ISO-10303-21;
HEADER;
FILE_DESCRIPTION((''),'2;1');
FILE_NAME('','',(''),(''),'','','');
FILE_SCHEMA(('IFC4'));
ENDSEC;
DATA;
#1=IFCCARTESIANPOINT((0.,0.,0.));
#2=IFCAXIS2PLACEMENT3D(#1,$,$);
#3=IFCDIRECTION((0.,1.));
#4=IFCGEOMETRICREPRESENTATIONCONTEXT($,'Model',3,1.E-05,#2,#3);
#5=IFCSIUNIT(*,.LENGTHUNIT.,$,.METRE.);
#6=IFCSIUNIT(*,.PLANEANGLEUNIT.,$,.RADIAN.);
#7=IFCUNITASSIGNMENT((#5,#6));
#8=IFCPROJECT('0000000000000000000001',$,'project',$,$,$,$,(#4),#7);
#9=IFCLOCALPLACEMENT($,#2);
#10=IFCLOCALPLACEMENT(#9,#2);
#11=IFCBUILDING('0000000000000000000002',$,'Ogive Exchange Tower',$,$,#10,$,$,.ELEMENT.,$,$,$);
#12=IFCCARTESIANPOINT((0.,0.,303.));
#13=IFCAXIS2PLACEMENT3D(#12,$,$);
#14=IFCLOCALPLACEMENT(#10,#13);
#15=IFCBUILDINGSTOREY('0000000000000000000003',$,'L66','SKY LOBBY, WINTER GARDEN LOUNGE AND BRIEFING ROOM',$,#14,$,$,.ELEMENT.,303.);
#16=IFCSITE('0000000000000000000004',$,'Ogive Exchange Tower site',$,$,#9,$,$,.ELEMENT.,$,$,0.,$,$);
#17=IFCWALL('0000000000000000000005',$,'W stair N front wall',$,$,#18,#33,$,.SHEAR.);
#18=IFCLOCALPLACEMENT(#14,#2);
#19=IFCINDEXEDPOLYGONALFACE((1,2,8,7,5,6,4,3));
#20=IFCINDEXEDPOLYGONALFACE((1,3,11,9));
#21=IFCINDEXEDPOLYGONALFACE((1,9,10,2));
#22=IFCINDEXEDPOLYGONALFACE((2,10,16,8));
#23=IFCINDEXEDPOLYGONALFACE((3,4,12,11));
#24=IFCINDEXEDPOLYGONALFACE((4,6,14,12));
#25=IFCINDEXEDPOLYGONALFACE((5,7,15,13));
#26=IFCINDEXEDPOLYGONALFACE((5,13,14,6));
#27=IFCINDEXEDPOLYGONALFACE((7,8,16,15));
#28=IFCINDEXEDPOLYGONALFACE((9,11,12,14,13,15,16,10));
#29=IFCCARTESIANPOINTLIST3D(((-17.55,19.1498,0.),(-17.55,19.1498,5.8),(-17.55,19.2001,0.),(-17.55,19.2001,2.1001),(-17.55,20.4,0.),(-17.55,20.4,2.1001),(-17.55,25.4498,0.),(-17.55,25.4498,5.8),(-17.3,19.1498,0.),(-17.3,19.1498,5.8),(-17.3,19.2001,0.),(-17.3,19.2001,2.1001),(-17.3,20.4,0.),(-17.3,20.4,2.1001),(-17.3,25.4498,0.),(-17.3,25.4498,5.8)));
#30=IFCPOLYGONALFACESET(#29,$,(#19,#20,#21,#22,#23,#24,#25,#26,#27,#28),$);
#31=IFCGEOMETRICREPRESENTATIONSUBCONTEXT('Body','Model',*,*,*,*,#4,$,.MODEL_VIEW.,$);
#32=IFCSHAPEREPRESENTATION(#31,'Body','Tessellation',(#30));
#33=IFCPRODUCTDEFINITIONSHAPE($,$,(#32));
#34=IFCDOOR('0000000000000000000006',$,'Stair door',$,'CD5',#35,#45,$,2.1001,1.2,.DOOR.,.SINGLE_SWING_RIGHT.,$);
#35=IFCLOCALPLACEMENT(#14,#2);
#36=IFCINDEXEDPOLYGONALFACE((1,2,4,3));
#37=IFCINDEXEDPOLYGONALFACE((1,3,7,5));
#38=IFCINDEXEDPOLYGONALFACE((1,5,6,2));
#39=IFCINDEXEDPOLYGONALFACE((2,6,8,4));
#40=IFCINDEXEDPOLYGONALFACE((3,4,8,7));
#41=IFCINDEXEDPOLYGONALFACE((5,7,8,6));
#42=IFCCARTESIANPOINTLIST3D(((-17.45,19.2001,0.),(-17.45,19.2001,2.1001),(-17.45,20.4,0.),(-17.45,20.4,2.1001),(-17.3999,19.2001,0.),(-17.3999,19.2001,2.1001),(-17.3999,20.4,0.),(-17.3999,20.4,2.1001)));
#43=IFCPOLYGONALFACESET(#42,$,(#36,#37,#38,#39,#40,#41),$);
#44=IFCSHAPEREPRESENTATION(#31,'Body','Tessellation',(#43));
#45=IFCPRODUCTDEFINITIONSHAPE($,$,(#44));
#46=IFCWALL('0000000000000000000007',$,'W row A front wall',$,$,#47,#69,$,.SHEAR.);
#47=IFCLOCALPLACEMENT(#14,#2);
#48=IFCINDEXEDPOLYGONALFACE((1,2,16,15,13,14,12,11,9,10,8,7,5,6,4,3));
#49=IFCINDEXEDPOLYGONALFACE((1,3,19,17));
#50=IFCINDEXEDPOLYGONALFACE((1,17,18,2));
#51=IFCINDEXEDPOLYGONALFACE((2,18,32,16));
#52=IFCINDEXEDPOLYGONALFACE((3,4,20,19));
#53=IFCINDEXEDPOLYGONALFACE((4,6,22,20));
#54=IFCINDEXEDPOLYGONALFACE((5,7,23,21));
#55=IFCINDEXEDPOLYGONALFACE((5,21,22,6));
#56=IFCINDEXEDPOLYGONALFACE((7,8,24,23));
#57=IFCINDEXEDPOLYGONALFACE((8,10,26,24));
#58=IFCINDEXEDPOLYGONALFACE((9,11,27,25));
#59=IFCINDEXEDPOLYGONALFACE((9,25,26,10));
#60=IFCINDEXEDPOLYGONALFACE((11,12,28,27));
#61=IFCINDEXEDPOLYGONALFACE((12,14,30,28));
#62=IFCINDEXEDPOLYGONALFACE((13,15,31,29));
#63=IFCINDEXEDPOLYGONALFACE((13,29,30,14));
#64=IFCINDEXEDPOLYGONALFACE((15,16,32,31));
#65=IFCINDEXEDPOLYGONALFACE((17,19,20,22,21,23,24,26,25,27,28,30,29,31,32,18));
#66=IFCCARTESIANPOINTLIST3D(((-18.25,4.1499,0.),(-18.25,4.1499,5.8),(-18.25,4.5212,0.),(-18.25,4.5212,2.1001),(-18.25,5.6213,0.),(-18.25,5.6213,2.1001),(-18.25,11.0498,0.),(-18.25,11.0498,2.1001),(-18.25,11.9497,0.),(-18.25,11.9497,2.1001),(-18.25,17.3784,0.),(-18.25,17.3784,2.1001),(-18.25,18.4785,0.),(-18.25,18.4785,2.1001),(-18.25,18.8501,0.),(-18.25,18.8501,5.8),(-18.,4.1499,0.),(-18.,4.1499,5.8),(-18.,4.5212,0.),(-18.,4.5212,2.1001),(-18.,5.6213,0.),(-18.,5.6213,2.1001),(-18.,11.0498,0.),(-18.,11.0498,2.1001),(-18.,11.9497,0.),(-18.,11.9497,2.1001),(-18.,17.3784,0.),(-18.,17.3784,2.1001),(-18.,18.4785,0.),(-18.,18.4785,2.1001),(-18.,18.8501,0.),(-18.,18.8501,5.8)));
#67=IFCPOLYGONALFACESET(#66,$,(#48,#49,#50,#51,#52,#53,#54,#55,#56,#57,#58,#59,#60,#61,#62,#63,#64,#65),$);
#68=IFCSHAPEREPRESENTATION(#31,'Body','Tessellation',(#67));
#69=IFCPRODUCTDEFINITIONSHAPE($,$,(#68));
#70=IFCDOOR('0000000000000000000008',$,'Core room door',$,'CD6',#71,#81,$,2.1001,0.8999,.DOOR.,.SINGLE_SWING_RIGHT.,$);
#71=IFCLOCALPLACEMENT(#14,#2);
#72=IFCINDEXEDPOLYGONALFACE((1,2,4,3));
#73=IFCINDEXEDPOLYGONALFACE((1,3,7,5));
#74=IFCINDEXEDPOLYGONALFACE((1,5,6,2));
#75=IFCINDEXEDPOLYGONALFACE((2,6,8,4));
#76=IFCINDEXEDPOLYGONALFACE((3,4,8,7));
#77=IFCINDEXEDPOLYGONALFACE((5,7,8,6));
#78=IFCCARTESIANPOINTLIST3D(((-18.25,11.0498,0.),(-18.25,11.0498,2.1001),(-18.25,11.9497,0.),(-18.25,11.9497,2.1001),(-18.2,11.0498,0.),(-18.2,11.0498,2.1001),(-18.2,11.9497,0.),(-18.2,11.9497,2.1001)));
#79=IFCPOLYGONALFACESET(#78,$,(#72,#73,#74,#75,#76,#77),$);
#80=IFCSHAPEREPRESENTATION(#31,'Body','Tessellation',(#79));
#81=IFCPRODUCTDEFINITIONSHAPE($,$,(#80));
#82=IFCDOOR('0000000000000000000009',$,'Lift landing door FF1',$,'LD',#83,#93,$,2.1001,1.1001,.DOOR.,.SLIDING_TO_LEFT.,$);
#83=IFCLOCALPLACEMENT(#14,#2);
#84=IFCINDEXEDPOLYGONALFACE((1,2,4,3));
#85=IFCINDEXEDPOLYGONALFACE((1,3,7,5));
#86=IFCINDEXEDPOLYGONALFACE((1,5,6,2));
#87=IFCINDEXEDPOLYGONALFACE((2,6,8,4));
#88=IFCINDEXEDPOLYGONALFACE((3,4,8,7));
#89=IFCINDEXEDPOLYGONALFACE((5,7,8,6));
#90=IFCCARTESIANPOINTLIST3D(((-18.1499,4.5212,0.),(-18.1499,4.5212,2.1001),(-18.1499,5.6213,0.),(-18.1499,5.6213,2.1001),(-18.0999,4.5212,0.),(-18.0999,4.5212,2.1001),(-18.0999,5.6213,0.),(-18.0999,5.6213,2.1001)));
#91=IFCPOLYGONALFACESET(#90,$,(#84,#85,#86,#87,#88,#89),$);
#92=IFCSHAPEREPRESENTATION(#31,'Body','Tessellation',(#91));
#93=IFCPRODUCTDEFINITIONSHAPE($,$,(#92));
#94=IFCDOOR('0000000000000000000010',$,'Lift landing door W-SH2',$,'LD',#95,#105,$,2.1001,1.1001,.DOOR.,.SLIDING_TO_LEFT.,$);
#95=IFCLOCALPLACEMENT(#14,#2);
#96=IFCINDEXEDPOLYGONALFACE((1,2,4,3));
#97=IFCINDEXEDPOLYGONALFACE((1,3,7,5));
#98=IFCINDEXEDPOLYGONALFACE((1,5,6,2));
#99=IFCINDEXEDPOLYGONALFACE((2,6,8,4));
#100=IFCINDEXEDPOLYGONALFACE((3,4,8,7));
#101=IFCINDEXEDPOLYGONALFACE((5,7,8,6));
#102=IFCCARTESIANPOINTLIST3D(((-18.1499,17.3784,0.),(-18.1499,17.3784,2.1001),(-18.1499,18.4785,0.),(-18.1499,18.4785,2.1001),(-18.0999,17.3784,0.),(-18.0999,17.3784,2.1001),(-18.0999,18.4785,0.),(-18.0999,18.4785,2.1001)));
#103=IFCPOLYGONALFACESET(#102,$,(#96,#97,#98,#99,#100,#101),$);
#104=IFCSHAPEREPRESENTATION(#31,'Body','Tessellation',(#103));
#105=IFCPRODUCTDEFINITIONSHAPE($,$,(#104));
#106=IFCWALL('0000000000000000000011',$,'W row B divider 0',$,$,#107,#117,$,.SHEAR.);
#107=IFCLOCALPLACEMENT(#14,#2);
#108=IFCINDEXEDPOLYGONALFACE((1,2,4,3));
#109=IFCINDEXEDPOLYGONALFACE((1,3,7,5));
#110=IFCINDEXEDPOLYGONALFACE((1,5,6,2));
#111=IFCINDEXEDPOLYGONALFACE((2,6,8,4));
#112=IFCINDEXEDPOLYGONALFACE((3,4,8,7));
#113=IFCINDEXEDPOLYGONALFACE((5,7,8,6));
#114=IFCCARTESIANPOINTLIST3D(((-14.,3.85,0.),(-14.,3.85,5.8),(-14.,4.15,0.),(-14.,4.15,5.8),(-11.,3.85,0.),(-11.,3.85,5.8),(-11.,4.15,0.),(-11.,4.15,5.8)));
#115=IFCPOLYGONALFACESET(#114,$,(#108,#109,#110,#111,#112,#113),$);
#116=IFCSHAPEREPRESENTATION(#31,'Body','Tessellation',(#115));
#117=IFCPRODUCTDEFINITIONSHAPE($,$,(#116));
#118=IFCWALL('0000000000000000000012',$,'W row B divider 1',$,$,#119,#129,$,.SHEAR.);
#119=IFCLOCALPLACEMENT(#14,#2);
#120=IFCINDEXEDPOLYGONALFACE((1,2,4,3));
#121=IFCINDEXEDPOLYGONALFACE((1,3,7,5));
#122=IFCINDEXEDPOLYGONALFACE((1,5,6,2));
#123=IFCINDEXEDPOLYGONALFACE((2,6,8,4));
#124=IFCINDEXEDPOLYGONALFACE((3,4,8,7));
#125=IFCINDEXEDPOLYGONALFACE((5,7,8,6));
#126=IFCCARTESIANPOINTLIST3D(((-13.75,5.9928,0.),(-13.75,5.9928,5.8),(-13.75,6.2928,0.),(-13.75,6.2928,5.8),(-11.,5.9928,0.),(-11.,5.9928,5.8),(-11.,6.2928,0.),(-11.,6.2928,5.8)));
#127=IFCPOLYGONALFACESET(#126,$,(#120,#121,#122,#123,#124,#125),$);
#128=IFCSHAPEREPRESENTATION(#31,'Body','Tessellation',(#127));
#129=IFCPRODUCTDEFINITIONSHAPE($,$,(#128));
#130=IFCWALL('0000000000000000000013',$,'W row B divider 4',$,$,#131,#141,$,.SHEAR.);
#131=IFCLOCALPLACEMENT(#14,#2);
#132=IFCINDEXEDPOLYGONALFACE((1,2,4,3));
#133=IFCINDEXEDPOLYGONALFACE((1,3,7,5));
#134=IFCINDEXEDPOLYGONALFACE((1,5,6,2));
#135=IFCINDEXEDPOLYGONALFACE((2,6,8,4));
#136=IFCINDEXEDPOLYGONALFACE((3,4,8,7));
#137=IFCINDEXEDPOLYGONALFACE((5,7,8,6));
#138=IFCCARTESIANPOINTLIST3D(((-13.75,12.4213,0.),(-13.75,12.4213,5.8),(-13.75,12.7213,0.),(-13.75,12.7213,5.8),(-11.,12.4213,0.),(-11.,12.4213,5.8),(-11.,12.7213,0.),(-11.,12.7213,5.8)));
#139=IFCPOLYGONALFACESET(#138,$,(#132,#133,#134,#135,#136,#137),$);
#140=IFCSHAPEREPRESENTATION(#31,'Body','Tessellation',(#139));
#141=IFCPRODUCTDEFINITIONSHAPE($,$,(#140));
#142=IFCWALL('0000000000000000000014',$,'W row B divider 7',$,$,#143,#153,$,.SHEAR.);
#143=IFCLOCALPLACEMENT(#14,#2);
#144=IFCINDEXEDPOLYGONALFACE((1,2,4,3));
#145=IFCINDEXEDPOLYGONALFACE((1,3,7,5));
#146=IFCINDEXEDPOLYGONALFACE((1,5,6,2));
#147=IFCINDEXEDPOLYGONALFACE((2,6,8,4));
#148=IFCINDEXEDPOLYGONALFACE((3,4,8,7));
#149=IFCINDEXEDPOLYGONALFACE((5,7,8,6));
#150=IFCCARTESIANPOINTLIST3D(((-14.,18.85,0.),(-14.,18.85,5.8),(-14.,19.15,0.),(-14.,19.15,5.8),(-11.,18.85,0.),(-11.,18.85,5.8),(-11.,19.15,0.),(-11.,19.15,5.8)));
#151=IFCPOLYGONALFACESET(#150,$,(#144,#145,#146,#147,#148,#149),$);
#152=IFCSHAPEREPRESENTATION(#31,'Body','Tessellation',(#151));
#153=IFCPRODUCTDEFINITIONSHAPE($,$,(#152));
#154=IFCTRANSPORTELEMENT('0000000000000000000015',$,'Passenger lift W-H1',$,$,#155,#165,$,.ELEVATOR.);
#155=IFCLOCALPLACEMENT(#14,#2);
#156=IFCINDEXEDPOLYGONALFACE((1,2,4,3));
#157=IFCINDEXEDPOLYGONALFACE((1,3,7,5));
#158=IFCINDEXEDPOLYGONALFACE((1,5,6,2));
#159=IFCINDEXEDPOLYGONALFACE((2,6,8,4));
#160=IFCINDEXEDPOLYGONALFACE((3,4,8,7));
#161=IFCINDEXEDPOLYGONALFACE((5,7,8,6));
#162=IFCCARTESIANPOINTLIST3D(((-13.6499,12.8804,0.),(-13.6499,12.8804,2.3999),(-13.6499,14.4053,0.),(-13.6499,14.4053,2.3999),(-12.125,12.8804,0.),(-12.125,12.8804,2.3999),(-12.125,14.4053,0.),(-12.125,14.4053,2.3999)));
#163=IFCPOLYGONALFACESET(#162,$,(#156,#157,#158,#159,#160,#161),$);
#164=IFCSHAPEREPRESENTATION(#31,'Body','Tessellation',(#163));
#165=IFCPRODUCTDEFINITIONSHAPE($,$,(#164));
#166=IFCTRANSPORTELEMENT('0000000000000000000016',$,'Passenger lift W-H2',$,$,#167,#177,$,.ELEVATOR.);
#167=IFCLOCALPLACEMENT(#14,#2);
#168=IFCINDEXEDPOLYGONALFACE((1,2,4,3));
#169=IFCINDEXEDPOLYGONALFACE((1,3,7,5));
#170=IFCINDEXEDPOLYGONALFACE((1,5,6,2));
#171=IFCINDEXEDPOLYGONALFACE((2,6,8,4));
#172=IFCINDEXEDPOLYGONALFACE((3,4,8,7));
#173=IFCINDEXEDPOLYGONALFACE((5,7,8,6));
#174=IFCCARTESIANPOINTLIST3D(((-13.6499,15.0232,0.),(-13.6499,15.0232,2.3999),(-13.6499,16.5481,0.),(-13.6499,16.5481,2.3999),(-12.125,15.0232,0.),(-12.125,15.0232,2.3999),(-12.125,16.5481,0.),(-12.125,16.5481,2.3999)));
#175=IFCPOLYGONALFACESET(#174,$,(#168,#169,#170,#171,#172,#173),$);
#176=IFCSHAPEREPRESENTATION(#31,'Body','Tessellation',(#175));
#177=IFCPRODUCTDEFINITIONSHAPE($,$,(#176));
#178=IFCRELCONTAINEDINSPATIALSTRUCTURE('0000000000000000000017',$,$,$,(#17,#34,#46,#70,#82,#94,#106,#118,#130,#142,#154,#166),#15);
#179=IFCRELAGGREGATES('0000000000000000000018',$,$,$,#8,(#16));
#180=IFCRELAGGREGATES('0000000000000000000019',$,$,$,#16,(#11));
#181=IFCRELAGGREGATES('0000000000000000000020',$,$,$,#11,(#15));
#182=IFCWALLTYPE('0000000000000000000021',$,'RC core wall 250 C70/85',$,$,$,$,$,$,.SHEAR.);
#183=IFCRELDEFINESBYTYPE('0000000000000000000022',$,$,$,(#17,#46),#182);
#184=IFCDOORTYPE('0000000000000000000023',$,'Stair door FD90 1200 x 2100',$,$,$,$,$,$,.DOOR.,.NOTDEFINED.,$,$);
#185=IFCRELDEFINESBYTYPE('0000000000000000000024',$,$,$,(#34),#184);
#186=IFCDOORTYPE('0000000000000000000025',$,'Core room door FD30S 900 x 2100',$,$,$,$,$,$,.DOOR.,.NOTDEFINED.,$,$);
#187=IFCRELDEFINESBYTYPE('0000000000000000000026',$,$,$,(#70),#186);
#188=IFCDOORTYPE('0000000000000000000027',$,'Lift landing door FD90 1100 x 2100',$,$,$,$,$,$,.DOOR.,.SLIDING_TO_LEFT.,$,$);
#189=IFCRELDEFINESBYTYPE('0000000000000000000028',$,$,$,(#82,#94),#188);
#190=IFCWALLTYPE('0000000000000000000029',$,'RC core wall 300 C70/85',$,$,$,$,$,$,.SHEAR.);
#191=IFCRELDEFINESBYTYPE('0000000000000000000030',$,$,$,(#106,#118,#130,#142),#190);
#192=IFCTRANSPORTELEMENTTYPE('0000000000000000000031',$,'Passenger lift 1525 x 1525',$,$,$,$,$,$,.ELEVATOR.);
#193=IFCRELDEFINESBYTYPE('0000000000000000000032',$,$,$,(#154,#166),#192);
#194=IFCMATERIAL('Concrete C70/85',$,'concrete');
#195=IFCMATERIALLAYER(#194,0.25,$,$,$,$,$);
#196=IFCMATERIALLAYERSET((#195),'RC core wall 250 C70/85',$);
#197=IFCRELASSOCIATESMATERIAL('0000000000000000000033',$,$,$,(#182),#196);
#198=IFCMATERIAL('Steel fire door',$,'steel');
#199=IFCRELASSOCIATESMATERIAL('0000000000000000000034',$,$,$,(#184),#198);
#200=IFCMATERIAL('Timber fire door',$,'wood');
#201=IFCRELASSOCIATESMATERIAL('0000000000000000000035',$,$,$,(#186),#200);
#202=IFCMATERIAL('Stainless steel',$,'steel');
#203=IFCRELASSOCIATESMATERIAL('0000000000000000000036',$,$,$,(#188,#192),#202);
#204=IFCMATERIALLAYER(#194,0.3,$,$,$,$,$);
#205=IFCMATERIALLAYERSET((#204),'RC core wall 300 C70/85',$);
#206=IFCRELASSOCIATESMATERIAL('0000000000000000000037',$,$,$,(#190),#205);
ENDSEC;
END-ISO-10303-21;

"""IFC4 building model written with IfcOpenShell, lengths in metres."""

from ifc_helpers import new_model, si_unit, direction, frame, frame_2d, origin, origin_2d, place, context, subcontext, project, spatial, rectangle, extrude, material, layer, layer_set, type_object, element, fill, save


model = new_model("IFC4")

# Units and contexts
model_context = context("Model", 3, precision=1e-05, world=origin(), true_north=direction((0.0, 1.0)))
body_context = subcontext(model_context, "Body", "Model", "MODEL_VIEW")
ifc_project = project(units=[si_unit("LENGTHUNIT", "METRE"), si_unit("PLANEANGLEUNIT", "RADIAN")], contexts=[model_context])

# Site, building, storey
site_placement = place(None, origin())
site = spatial("IfcSite", under=ifc_project, at=site_placement, Name="Ogive Exchange Tower site", CompositionType="ELEMENT", RefElevation=0.0)
building_placement = place(site_placement, origin())
building = spatial("IfcBuilding", under=site, at=building_placement, Name="Ogive Exchange Tower", CompositionType="ELEMENT")
storey_placement = place(building_placement, frame((0.0, 0.0, 303.0)))
storey = spatial("IfcBuildingStorey", under=building, at=storey_placement, Name="L66", Description="SKY LOBBY, WINTER GARDEN LOUNGE AND BRIEFING ROOM", CompositionType="ELEMENT", Elevation=303.0)

# Wall, opening, door
ifc_material_1 = material(Name="Concrete C70/85", Category="concrete")
ifc_material_2 = material(Name="Steel fire door", Category="steel")
ifc_layer_1 = layer(ifc_material_1, 0.25)
ifc_layer_set_1 = layer_set([ifc_layer_1], Name="RC core wall 250 C70/85")
wall_type_1 = type_object("IfcWallType", Name="RC core wall 250 C70/85", PredefinedType="SHEAR", material=ifc_layer_set_1)
wall_1_placement = place(storey_placement, frame((-17.425, 19.1499, 0.0), z_axis=(0.0, 0.0, 1.0), x_axis=(0.0, 1.0, 0.0)))
wall_1 = element("IfcWall", 1, at=wall_1_placement, inside=storey, type_object=wall_type_1, Name="W stair N front wall", PredefinedType="SHEAR", context=body_context, shape_type="SweptSolid", body=[
    extrude(rectangle(XDim=6.3, YDim=0.25, at=frame_2d((3.1499, 0.0))), origin(), (0.0, 0.0, 1.0), 5.8),
])
opening_1_placement = place(wall_1_placement, frame((0.05, 0.0, 0.0)))
opening_1 = element("IfcOpeningElement", 2, at=opening_1_placement, cuts=wall_1, PredefinedType="OPENING", context=body_context, shape_type="SweptSolid", body=[
    extrude(rectangle(XDim=1.2, YDim=2.1001, at=frame_2d((0.6001, 1.05))), frame((0.0, 0.135, 0.0), z_axis=(0.0, -1.0, 0.0), x_axis=(1.0, 0.0, 0.0)), (0.0, 0.0, 1.0), 0.27),
])
door_type_1 = type_object("IfcDoorType", Name="Stair door FD90 1200 x 2100", OperationType="NOTDEFINED", PredefinedType="DOOR", material=ifc_material_2)
door_1_placement = place(opening_1_placement, origin())
door_1 = element("IfcDoor", 3, at=door_1_placement, inside=storey, type_object=door_type_1, Name="Stair door", ObjectType="CD5", OperationType="SINGLE_SWING_RIGHT", OverallHeight=2.1001, OverallWidth=1.2, PredefinedType="DOOR", context=body_context, shape_type="SweptSolid", body=[
    extrude(rectangle(XDim=1.2, YDim=2.1001, at=frame_2d((0.6001, 1.05))), frame((0.0, 0.0249, 0.0), z_axis=(0.0, -1.0, 0.0), x_axis=(1.0, 0.0, 0.0)), (0.0, 0.0, 1.0), 0.05),
])
fill(opening_1, door_1)

# Wall, openings, doors
wall_2_placement = place(storey_placement, frame((-18.125, 4.1499, 0.0), z_axis=(0.0, 0.0, 1.0), x_axis=(0.0, 1.0, 0.0)))
wall_2 = element("IfcWall", 4, at=wall_2_placement, inside=storey, type_object=wall_type_1, Name="W row A front wall", PredefinedType="SHEAR", context=body_context, shape_type="SweptSolid", body=[
    extrude(rectangle(XDim=14.7002, YDim=0.25, at=frame_2d((7.3501, 0.0))), origin(), (0.0, 0.0, 1.0), 5.8),
])
opening_2_placement = place(wall_2_placement, frame((6.8999, 0.0, 0.0)))
opening_2 = element("IfcOpeningElement", 5, at=opening_2_placement, cuts=wall_2, PredefinedType="OPENING", context=body_context, shape_type="SweptSolid", body=[
    extrude(rectangle(XDim=0.8999, YDim=2.1001, at=frame_2d((0.45, 1.05))), frame((0.0, 0.135, 0.0), z_axis=(0.0, -1.0, 0.0), x_axis=(1.0, 0.0, 0.0)), (0.0, 0.0, 1.0), 0.27),
])
opening_3_placement = place(wall_2_placement, frame((0.3713, 0.0, 0.0)))
opening_3 = element("IfcOpeningElement", 6, at=opening_3_placement, cuts=wall_2, PredefinedType="OPENING", context=body_context, shape_type="SweptSolid", body=[
    extrude(rectangle(XDim=1.1001, YDim=2.1001, at=frame_2d((0.55, 1.05))), frame((0.0, 0.135, 0.0), z_axis=(0.0, -1.0, 0.0), x_axis=(1.0, 0.0, 0.0)), (0.0, 0.0, 1.0), 0.27),
])
opening_4_placement = place(wall_2_placement, frame((13.2285, 0.0, 0.0)))
opening_4 = element("IfcOpeningElement", 7, at=opening_4_placement, cuts=wall_2, PredefinedType="OPENING", context=body_context, shape_type="SweptSolid", body=[
    extrude(rectangle(XDim=1.1001, YDim=2.1001, at=frame_2d((0.55, 1.05))), frame((0.0, 0.135, 0.0), z_axis=(0.0, -1.0, 0.0), x_axis=(1.0, 0.0, 0.0)), (0.0, 0.0, 1.0), 0.27),
])
ifc_material_3 = material(Name="Timber fire door", Category="wood")
door_type_2 = type_object("IfcDoorType", Name="Core room door FD30S 900 x 2100", OperationType="NOTDEFINED", PredefinedType="DOOR", material=ifc_material_3)
door_2_placement = place(opening_2_placement, origin())
door_2 = element("IfcDoor", 8, at=door_2_placement, inside=storey, type_object=door_type_2, Name="Core room door", ObjectType="CD6", OperationType="SINGLE_SWING_RIGHT", OverallHeight=2.1001, OverallWidth=0.8999, PredefinedType="DOOR", context=body_context, shape_type="SweptSolid", body=[
    extrude(rectangle(XDim=0.8999, YDim=2.1001, at=frame_2d((0.45, 1.05))), frame((0.0, 0.125, 0.0), z_axis=(0.0, -1.0, 0.0), x_axis=(1.0, 0.0, 0.0)), (0.0, 0.0, 1.0), 0.05),
])
fill(opening_2, door_2)
ifc_material_4 = material(Name="Stainless steel", Category="steel")
door_type_3 = type_object("IfcDoorType", Name="Lift landing door FD90 1100 x 2100", OperationType="SLIDING_TO_LEFT", PredefinedType="DOOR", material=ifc_material_4)
door_3_placement = place(opening_3_placement, origin())
door_3 = element("IfcDoor", 9, at=door_3_placement, inside=storey, type_object=door_type_3, Name="Lift landing door FF1", ObjectType="LD", OperationType="SLIDING_TO_LEFT", OverallHeight=2.1001, OverallWidth=1.1001, PredefinedType="DOOR", context=body_context, shape_type="SweptSolid", body=[
    extrude(rectangle(XDim=1.1001, YDim=2.1001, at=frame_2d((0.55, 1.05))), frame((0.0, 0.0249, 0.0), z_axis=(0.0, -1.0, 0.0), x_axis=(1.0, 0.0, 0.0)), (0.0, 0.0, 1.0), 0.05),
])
fill(opening_3, door_3)
door_4_placement = place(opening_4_placement, origin())
door_4 = element("IfcDoor", 10, at=door_4_placement, inside=storey, type_object=door_type_3, Name="Lift landing door W-SH2", ObjectType="LD", OperationType="SLIDING_TO_LEFT", OverallHeight=2.1001, OverallWidth=1.1001, PredefinedType="DOOR", context=body_context, shape_type="SweptSolid", body=[
    extrude(rectangle(XDim=1.1001, YDim=2.1001, at=frame_2d((0.55, 1.05))), frame((0.0, 0.0249, 0.0), z_axis=(0.0, -1.0, 0.0), x_axis=(1.0, 0.0, 0.0)), (0.0, 0.0, 1.0), 0.05),
])
fill(opening_4, door_4)

# Walls
ifc_layer_2 = layer(ifc_material_1, 0.3)
ifc_layer_set_2 = layer_set([ifc_layer_2], Name="RC core wall 300 C70/85")
wall_type_2 = type_object("IfcWallType", Name="RC core wall 300 C70/85", PredefinedType="SHEAR", material=ifc_layer_set_2)
wall_3_placement = place(storey_placement, frame((-14.0, 4.0, 0.0), z_axis=(0.0, 0.0, 1.0), x_axis=(1.0, 0.0, 0.0)))
element("IfcWall", 11, at=wall_3_placement, inside=storey, type_object=wall_type_2, Name="W row B divider 0", PredefinedType="SHEAR", context=body_context, shape_type="SweptSolid", body=[
    extrude(rectangle(XDim=3.0, YDim=0.3, at=frame_2d((1.5, 0.0))), origin(), (0.0, 0.0, 1.0), 5.8),
])
for number, where, z_axis, x_axis, name in (
    (12, (-13.75, 6.1428, 0.0), (0.0, 0.0, 1.0), (1.0, 0.0, 0.0), "W row B divider 1"),
    (13, (-13.75, 12.5713, 0.0), (0.0, 0.0, 1.0), (1.0, 0.0, 0.0), "W row B divider 4"),
):
    element("IfcWall", number, at=place(storey_placement, frame(where, z_axis=z_axis, x_axis=x_axis)), inside=storey, type_object=wall_type_2, Name=name, PredefinedType="SHEAR", context=body_context, shape_type="SweptSolid", body=[
        extrude(rectangle(XDim=2.75, YDim=0.3, at=frame_2d((1.375, 0.0))), origin(), (0.0, 0.0, 1.0), 5.8),
    ])
wall_4_placement = place(storey_placement, frame((-14.0, 19.0, 0.0), z_axis=(0.0, 0.0, 1.0), x_axis=(1.0, 0.0, 0.0)))
element("IfcWall", 14, at=wall_4_placement, inside=storey, type_object=wall_type_2, Name="W row B divider 7", PredefinedType="SHEAR", context=body_context, shape_type="SweptSolid", body=[
    extrude(rectangle(XDim=3.0, YDim=0.3, at=frame_2d((1.5, 0.0))), origin(), (0.0, 0.0, 1.0), 5.8),
])

# Transport elements
transport_element_type = type_object("IfcTransportElementType", Name="Passenger lift 1525 x 1525", PredefinedType="ELEVATOR", material=ifc_material_4)
for number, where, z_axis, x_axis, name in (
    (15, (-12.8875, 13.6428, 0.0), (0.0, 0.0, 1.0), (1.0, 0.0, 0.0), "Passenger lift W-H1"),
    (16, (-12.8875, 15.7856, 0.0), (0.0, 0.0, 1.0), (1.0, 0.0, 0.0), "Passenger lift W-H2"),
):
    element("IfcTransportElement", number, at=place(storey_placement, frame(where, z_axis=z_axis, x_axis=x_axis)), inside=storey, type_object=transport_element_type, Name=name, PredefinedType="ELEVATOR", context=body_context, shape_type="SweptSolid", body=[
        extrude(rectangle(XDim=1.5249, YDim=1.5249, at=origin_2d()), origin(), (0.0, 0.0, 1.0), 2.3999),
    ])

save(model, "model.ifc")
